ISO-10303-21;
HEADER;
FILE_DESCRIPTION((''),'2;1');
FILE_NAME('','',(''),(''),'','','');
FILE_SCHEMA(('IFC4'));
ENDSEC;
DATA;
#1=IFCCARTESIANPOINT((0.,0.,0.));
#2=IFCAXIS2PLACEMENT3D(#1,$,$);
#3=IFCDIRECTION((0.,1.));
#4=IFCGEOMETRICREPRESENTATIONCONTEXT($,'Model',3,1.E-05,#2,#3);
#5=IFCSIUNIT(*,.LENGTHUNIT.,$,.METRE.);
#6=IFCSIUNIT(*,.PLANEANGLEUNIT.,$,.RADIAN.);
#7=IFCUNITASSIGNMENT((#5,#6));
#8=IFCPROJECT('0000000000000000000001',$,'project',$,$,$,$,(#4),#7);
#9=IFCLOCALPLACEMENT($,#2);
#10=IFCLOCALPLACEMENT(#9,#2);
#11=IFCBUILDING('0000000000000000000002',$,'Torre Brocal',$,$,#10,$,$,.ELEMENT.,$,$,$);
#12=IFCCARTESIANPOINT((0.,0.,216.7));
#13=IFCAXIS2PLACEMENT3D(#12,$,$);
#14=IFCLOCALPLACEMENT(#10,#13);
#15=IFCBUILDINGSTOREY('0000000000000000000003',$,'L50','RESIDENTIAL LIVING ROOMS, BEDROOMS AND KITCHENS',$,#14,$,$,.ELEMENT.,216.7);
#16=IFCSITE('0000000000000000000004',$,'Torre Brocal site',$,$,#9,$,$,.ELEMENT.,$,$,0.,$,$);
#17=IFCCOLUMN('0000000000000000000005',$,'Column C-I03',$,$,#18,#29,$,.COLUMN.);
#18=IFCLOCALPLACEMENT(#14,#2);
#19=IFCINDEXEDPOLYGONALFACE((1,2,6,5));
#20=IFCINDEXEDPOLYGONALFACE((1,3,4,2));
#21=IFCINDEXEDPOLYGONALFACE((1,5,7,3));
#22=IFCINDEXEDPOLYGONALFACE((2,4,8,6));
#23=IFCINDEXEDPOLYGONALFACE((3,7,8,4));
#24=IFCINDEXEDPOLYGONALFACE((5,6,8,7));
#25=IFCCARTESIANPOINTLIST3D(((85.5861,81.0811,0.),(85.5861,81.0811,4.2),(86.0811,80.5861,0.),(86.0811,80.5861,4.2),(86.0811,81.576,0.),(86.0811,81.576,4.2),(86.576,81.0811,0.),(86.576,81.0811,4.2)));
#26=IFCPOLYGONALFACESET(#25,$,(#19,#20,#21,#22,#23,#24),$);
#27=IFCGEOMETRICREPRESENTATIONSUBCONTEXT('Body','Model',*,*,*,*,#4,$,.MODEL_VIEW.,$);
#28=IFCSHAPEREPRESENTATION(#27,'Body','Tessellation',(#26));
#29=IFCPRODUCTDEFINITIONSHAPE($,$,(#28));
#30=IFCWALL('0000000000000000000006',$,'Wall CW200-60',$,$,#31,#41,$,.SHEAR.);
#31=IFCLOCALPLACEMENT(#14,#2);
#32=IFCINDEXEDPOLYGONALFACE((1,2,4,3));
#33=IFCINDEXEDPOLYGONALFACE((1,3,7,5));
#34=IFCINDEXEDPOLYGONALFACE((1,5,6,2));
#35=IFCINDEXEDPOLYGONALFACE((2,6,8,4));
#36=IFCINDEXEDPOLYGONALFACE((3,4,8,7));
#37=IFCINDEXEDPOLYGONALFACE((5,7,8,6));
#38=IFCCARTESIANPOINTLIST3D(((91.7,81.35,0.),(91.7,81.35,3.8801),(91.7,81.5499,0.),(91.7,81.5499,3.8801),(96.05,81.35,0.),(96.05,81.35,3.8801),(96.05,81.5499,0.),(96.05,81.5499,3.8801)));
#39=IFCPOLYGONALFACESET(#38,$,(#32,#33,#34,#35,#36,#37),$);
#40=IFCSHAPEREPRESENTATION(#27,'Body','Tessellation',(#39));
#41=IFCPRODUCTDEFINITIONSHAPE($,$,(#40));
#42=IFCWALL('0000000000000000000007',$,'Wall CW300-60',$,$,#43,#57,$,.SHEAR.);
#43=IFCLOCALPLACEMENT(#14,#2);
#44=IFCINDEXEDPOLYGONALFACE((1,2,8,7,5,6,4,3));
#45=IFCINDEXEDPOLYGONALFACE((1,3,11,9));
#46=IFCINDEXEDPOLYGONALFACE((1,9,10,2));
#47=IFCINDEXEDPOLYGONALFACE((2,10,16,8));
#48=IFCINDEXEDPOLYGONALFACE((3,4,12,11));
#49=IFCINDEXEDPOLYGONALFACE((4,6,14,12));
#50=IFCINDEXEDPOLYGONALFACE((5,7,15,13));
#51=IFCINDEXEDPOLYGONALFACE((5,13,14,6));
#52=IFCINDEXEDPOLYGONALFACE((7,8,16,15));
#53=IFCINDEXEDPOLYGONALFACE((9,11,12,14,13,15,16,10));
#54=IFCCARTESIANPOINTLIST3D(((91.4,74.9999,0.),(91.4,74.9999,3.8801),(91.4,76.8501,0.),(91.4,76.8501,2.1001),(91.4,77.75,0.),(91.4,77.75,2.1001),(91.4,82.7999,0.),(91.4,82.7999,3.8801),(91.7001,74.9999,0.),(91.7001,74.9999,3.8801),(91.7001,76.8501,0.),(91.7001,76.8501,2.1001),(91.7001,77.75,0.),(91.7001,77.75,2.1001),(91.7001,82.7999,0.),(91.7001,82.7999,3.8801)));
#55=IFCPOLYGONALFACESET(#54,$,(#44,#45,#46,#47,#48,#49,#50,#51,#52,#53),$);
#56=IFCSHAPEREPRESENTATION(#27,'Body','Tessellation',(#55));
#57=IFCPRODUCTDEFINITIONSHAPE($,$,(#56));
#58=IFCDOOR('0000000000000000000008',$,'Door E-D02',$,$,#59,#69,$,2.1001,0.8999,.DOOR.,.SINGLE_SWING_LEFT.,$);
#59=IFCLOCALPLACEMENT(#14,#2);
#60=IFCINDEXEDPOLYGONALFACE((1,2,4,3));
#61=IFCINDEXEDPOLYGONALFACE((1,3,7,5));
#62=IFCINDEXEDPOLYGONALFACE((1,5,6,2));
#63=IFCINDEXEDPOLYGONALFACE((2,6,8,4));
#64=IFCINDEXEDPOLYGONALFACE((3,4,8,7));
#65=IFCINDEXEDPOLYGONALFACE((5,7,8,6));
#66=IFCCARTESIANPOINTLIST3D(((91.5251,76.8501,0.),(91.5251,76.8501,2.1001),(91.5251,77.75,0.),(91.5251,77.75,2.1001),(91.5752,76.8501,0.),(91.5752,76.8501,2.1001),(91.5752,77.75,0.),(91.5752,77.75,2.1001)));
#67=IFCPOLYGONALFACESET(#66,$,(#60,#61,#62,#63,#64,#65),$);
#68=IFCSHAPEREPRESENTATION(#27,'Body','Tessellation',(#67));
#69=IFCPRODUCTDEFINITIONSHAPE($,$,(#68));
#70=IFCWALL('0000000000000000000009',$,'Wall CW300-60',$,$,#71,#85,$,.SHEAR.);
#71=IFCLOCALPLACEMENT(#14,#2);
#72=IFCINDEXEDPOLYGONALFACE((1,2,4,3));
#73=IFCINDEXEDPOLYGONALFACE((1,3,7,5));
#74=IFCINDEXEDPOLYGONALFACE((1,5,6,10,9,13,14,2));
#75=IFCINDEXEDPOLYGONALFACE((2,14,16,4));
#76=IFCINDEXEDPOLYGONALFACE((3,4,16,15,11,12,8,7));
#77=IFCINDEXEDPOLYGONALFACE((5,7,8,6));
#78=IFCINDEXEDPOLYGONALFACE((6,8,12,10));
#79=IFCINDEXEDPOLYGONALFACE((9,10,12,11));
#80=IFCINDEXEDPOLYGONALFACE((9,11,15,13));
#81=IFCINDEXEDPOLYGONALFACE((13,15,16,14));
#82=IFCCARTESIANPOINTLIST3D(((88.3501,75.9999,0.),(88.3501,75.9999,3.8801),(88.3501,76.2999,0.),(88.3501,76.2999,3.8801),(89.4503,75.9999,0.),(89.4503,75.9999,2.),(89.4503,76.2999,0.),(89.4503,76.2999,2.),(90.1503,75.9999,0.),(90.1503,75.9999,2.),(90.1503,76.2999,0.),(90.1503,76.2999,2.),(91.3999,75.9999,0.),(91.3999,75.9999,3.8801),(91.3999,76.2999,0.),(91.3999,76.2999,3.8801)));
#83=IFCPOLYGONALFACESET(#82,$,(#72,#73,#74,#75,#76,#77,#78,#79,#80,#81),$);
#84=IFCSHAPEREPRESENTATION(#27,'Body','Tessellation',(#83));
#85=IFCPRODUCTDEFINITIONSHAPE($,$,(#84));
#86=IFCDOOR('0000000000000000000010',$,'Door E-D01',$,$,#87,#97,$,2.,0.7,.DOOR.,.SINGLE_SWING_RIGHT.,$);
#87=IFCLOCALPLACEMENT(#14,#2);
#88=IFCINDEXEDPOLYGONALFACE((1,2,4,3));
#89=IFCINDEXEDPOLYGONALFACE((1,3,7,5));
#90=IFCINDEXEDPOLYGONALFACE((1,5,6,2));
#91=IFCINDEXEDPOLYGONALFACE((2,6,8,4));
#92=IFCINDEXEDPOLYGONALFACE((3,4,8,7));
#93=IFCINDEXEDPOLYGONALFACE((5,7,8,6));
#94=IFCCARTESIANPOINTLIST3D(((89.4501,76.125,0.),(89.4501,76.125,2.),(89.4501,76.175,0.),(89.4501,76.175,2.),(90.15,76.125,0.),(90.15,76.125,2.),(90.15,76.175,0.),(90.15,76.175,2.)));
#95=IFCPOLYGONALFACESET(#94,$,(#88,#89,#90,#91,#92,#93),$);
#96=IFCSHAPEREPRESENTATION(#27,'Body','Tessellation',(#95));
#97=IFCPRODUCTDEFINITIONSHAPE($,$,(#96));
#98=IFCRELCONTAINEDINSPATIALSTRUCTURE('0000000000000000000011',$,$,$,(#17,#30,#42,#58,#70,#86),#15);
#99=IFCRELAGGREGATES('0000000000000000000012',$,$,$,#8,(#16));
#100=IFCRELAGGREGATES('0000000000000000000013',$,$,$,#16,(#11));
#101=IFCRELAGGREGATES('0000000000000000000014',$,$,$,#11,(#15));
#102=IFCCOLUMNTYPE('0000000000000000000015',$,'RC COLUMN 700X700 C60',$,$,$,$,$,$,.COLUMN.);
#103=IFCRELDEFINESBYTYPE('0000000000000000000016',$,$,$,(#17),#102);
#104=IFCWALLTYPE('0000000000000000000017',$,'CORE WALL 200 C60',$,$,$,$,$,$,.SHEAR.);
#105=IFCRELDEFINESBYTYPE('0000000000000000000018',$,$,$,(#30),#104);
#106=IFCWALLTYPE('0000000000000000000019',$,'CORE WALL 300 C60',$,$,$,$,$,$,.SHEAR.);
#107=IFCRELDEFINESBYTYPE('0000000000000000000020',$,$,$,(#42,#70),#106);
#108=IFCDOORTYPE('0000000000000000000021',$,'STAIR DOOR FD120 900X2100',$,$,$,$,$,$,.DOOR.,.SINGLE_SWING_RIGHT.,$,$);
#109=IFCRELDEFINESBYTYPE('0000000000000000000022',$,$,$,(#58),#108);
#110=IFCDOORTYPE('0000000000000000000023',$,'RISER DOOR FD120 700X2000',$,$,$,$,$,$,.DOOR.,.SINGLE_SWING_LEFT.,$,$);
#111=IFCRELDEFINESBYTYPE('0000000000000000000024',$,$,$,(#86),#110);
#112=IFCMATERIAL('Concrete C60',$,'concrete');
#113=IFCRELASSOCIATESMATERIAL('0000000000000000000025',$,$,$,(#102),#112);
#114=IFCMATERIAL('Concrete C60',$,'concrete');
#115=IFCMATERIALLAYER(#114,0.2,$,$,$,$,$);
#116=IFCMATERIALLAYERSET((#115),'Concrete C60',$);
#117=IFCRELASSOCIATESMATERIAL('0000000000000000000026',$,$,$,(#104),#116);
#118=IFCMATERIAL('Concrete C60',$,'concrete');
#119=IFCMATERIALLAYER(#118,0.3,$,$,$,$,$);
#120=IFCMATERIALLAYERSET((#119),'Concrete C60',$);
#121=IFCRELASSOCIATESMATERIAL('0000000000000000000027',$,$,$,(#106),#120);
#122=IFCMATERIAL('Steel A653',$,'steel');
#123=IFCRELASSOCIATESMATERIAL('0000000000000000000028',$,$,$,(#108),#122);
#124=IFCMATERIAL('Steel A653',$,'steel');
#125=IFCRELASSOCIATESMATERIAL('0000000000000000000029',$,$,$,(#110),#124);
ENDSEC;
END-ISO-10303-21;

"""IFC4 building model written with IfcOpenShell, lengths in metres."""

from ifc_helpers import new_model, si_unit, direction, frame, frame_2d, origin, origin_2d, place, context, subcontext, project, spatial, rectangle, extrude, material, layer, layer_set, material_profile, profile_set, type_object, element, fill, save


model = new_model("IFC4")

# Units and contexts
model_context = context("Model", 3, precision=1e-05, world=origin(), true_north=direction((0.0, 1.0)))
body_context = subcontext(model_context, "Body", "Model", "MODEL_VIEW")
ifc_project = project(units=[si_unit("LENGTHUNIT", "METRE"), si_unit("PLANEANGLEUNIT", "RADIAN")], contexts=[model_context])

# Site, building, storey
site_placement = place(None, origin())
site = spatial("IfcSite", under=ifc_project, at=site_placement, Name="Torre Brocal site", CompositionType="ELEMENT", RefElevation=0.0)
building_placement = place(site_placement, origin())
building = spatial("IfcBuilding", under=site, at=building_placement, Name="Torre Brocal", CompositionType="ELEMENT")
storey_placement = place(building_placement, frame((0.0, 0.0, 216.7)))
storey = spatial("IfcBuildingStorey", under=building, at=storey_placement, Name="L50", Description="RESIDENTIAL LIVING ROOMS, BEDROOMS AND KITCHENS", CompositionType="ELEMENT", Elevation=216.7)

# Column
ifc_material_1 = material(Name="Concrete C60", Category="concrete")
ifc_material_profile = material_profile(ifc_material_1, rectangle(XDim=0.7, YDim=0.7, at=origin_2d()), Name="RC 700X700")
ifc_profile_set = profile_set([ifc_material_profile], Name="Concrete C60")
column_type = type_object("IfcColumnType", Name="RC COLUMN 700X700 C60", PredefinedType="COLUMN", material=ifc_profile_set)
column_placement = place(storey_placement, frame((86.0811, 81.0811, 0.0), z_axis=(0.0, 0.0, 1.0), x_axis=(0.707107, 0.707107, 0.0)))
element("IfcColumn", 1, at=column_placement, inside=storey, type_object=column_type, Name="Column C-I03", PredefinedType="COLUMN", context=body_context, shape_type="SweptSolid", body=[
    extrude(rectangle(XDim=0.7, YDim=0.7, at=origin_2d()), origin(), (0.0, 0.0, 1.0), 4.2),
])

# Wall
ifc_material_2 = material(Name="Concrete C60", Category="concrete")
ifc_layer_1 = layer(ifc_material_2, 0.2)
ifc_layer_set_1 = layer_set([ifc_layer_1], Name="Concrete C60")
wall_type_1 = type_object("IfcWallType", Name="CORE WALL 200 C60", PredefinedType="SHEAR", material=ifc_layer_set_1)
wall_1_placement = place(storey_placement, frame((91.7, 81.45, 0.0), z_axis=(0.0, 0.0, 1.0), x_axis=(1.0, 0.0, 0.0)))
element("IfcWall", 2, at=wall_1_placement, inside=storey, type_object=wall_type_1, Name="Wall CW200-60", PredefinedType="SHEAR", context=body_context, shape_type="SweptSolid", body=[
    extrude(rectangle(XDim=4.3501, YDim=0.2, at=frame_2d((2.175, 0.0))), origin(), (0.0, 0.0, 1.0), 3.8801),
])

# Walls, openings, doors
ifc_material_3 = material(Name="Concrete C60", Category="concrete")
ifc_layer_2 = layer(ifc_material_3, 0.3)
ifc_layer_set_2 = layer_set([ifc_layer_2], Name="Concrete C60")
wall_type_2 = type_object("IfcWallType", Name="CORE WALL 300 C60", PredefinedType="SHEAR", material=ifc_layer_set_2)
wall_2_placement = place(storey_placement, frame((91.55, 75.0, 0.0), z_axis=(0.0, 0.0, 1.0), x_axis=(0.0, 1.0, 0.0)))
wall_2 = element("IfcWall", 3, at=wall_2_placement, inside=storey, type_object=wall_type_2, Name="Wall CW300-60", PredefinedType="SHEAR", context=body_context, shape_type="SweptSolid", body=[
    extrude(rectangle(XDim=7.8, YDim=0.3, at=frame_2d((3.8999, 0.0))), origin(), (0.0, 0.0, 1.0), 3.8801),
])
opening_1_placement = place(wall_2_placement, frame((1.8501, 0.0, 0.0)))
opening_1 = element("IfcOpeningElement", 4, at=opening_1_placement, cuts=wall_2, PredefinedType="OPENING", context=body_context, shape_type="SweptSolid", body=[
    extrude(rectangle(XDim=0.8999, YDim=2.1001, at=frame_2d((0.45, 1.05))), frame((0.0, 0.1599, 0.0), z_axis=(0.0, -1.0, 0.0), x_axis=(1.0, 0.0, 0.0)), (0.0, 0.0, 1.0), 0.3201),
])
ifc_material_4 = material(Name="Steel A653", Category="steel")
door_type_1 = type_object("IfcDoorType", Name="STAIR DOOR FD120 900X2100", OperationType="SINGLE_SWING_RIGHT", PredefinedType="DOOR", material=ifc_material_4)
door_1_placement = place(opening_1_placement, origin())
door_1 = element("IfcDoor", 5, at=door_1_placement, inside=storey, type_object=door_type_1, Name="Door E-D02", OperationType="SINGLE_SWING_LEFT", OverallHeight=2.1001, OverallWidth=0.8999, PredefinedType="DOOR", context=body_context, shape_type="SweptSolid", body=[
    extrude(rectangle(XDim=0.8999, YDim=2.1001, at=frame_2d((0.45, 1.05))), frame((0.0, 0.0249, 0.0), z_axis=(0.0, -1.0, 0.0), x_axis=(1.0, 0.0, 0.0)), (0.0, 0.0, 1.0), 0.05),
])
fill(opening_1, door_1)
wall_3_placement = place(storey_placement, frame((88.3501, 76.1499, 0.0), z_axis=(0.0, 0.0, 1.0), x_axis=(1.0, 0.0, 0.0)))
wall_3 = element("IfcWall", 6, at=wall_3_placement, inside=storey, type_object=wall_type_2, Name="Wall CW300-60", PredefinedType="SHEAR", context=body_context, shape_type="SweptSolid", body=[
    extrude(rectangle(XDim=3.0498, YDim=0.3, at=frame_2d((1.5249, 0.0))), origin(), (0.0, 0.0, 1.0), 3.8801),
])
opening_2_placement = place(wall_3_placement, frame((1.1001, 0.0, 0.0)))
opening_2 = element("IfcOpeningElement", 7, at=opening_2_placement, cuts=wall_3, PredefinedType="OPENING", context=body_context, shape_type="SweptSolid", body=[
    extrude(rectangle(XDim=0.7, YDim=2.0, at=frame_2d((0.3501, 1.0))), frame((0.0, 0.1599, 0.0), z_axis=(0.0, -1.0, 0.0), x_axis=(1.0, 0.0, 0.0)), (0.0, 0.0, 1.0), 0.3201),
])
ifc_material_5 = material(Name="Steel A653", Category="steel")
door_type_2 = type_object("IfcDoorType", Name="RISER DOOR FD120 700X2000", OperationType="SINGLE_SWING_LEFT", PredefinedType="DOOR", material=ifc_material_5)
door_2_placement = place(opening_2_placement, frame((0.7, 0.0, 0.0), z_axis=(0.0, 0.0, 1.0), x_axis=(-1.0, 0.0, 0.0)))
door_2 = element("IfcDoor", 8, at=door_2_placement, inside=storey, type_object=door_type_2, Name="Door E-D01", OperationType="SINGLE_SWING_RIGHT", OverallHeight=2.0, OverallWidth=0.7, PredefinedType="DOOR", context=body_context, shape_type="SweptSolid", body=[
    extrude(rectangle(XDim=0.7, YDim=2.0, at=frame_2d((0.3501, 1.0))), frame((0.0, 0.0249, 0.0), z_axis=(0.0, -1.0, 0.0), x_axis=(1.0, 0.0, 0.0)), (0.0, 0.0, 1.0), 0.05),
])
fill(opening_2, door_2)

save(model, "model.ifc")
